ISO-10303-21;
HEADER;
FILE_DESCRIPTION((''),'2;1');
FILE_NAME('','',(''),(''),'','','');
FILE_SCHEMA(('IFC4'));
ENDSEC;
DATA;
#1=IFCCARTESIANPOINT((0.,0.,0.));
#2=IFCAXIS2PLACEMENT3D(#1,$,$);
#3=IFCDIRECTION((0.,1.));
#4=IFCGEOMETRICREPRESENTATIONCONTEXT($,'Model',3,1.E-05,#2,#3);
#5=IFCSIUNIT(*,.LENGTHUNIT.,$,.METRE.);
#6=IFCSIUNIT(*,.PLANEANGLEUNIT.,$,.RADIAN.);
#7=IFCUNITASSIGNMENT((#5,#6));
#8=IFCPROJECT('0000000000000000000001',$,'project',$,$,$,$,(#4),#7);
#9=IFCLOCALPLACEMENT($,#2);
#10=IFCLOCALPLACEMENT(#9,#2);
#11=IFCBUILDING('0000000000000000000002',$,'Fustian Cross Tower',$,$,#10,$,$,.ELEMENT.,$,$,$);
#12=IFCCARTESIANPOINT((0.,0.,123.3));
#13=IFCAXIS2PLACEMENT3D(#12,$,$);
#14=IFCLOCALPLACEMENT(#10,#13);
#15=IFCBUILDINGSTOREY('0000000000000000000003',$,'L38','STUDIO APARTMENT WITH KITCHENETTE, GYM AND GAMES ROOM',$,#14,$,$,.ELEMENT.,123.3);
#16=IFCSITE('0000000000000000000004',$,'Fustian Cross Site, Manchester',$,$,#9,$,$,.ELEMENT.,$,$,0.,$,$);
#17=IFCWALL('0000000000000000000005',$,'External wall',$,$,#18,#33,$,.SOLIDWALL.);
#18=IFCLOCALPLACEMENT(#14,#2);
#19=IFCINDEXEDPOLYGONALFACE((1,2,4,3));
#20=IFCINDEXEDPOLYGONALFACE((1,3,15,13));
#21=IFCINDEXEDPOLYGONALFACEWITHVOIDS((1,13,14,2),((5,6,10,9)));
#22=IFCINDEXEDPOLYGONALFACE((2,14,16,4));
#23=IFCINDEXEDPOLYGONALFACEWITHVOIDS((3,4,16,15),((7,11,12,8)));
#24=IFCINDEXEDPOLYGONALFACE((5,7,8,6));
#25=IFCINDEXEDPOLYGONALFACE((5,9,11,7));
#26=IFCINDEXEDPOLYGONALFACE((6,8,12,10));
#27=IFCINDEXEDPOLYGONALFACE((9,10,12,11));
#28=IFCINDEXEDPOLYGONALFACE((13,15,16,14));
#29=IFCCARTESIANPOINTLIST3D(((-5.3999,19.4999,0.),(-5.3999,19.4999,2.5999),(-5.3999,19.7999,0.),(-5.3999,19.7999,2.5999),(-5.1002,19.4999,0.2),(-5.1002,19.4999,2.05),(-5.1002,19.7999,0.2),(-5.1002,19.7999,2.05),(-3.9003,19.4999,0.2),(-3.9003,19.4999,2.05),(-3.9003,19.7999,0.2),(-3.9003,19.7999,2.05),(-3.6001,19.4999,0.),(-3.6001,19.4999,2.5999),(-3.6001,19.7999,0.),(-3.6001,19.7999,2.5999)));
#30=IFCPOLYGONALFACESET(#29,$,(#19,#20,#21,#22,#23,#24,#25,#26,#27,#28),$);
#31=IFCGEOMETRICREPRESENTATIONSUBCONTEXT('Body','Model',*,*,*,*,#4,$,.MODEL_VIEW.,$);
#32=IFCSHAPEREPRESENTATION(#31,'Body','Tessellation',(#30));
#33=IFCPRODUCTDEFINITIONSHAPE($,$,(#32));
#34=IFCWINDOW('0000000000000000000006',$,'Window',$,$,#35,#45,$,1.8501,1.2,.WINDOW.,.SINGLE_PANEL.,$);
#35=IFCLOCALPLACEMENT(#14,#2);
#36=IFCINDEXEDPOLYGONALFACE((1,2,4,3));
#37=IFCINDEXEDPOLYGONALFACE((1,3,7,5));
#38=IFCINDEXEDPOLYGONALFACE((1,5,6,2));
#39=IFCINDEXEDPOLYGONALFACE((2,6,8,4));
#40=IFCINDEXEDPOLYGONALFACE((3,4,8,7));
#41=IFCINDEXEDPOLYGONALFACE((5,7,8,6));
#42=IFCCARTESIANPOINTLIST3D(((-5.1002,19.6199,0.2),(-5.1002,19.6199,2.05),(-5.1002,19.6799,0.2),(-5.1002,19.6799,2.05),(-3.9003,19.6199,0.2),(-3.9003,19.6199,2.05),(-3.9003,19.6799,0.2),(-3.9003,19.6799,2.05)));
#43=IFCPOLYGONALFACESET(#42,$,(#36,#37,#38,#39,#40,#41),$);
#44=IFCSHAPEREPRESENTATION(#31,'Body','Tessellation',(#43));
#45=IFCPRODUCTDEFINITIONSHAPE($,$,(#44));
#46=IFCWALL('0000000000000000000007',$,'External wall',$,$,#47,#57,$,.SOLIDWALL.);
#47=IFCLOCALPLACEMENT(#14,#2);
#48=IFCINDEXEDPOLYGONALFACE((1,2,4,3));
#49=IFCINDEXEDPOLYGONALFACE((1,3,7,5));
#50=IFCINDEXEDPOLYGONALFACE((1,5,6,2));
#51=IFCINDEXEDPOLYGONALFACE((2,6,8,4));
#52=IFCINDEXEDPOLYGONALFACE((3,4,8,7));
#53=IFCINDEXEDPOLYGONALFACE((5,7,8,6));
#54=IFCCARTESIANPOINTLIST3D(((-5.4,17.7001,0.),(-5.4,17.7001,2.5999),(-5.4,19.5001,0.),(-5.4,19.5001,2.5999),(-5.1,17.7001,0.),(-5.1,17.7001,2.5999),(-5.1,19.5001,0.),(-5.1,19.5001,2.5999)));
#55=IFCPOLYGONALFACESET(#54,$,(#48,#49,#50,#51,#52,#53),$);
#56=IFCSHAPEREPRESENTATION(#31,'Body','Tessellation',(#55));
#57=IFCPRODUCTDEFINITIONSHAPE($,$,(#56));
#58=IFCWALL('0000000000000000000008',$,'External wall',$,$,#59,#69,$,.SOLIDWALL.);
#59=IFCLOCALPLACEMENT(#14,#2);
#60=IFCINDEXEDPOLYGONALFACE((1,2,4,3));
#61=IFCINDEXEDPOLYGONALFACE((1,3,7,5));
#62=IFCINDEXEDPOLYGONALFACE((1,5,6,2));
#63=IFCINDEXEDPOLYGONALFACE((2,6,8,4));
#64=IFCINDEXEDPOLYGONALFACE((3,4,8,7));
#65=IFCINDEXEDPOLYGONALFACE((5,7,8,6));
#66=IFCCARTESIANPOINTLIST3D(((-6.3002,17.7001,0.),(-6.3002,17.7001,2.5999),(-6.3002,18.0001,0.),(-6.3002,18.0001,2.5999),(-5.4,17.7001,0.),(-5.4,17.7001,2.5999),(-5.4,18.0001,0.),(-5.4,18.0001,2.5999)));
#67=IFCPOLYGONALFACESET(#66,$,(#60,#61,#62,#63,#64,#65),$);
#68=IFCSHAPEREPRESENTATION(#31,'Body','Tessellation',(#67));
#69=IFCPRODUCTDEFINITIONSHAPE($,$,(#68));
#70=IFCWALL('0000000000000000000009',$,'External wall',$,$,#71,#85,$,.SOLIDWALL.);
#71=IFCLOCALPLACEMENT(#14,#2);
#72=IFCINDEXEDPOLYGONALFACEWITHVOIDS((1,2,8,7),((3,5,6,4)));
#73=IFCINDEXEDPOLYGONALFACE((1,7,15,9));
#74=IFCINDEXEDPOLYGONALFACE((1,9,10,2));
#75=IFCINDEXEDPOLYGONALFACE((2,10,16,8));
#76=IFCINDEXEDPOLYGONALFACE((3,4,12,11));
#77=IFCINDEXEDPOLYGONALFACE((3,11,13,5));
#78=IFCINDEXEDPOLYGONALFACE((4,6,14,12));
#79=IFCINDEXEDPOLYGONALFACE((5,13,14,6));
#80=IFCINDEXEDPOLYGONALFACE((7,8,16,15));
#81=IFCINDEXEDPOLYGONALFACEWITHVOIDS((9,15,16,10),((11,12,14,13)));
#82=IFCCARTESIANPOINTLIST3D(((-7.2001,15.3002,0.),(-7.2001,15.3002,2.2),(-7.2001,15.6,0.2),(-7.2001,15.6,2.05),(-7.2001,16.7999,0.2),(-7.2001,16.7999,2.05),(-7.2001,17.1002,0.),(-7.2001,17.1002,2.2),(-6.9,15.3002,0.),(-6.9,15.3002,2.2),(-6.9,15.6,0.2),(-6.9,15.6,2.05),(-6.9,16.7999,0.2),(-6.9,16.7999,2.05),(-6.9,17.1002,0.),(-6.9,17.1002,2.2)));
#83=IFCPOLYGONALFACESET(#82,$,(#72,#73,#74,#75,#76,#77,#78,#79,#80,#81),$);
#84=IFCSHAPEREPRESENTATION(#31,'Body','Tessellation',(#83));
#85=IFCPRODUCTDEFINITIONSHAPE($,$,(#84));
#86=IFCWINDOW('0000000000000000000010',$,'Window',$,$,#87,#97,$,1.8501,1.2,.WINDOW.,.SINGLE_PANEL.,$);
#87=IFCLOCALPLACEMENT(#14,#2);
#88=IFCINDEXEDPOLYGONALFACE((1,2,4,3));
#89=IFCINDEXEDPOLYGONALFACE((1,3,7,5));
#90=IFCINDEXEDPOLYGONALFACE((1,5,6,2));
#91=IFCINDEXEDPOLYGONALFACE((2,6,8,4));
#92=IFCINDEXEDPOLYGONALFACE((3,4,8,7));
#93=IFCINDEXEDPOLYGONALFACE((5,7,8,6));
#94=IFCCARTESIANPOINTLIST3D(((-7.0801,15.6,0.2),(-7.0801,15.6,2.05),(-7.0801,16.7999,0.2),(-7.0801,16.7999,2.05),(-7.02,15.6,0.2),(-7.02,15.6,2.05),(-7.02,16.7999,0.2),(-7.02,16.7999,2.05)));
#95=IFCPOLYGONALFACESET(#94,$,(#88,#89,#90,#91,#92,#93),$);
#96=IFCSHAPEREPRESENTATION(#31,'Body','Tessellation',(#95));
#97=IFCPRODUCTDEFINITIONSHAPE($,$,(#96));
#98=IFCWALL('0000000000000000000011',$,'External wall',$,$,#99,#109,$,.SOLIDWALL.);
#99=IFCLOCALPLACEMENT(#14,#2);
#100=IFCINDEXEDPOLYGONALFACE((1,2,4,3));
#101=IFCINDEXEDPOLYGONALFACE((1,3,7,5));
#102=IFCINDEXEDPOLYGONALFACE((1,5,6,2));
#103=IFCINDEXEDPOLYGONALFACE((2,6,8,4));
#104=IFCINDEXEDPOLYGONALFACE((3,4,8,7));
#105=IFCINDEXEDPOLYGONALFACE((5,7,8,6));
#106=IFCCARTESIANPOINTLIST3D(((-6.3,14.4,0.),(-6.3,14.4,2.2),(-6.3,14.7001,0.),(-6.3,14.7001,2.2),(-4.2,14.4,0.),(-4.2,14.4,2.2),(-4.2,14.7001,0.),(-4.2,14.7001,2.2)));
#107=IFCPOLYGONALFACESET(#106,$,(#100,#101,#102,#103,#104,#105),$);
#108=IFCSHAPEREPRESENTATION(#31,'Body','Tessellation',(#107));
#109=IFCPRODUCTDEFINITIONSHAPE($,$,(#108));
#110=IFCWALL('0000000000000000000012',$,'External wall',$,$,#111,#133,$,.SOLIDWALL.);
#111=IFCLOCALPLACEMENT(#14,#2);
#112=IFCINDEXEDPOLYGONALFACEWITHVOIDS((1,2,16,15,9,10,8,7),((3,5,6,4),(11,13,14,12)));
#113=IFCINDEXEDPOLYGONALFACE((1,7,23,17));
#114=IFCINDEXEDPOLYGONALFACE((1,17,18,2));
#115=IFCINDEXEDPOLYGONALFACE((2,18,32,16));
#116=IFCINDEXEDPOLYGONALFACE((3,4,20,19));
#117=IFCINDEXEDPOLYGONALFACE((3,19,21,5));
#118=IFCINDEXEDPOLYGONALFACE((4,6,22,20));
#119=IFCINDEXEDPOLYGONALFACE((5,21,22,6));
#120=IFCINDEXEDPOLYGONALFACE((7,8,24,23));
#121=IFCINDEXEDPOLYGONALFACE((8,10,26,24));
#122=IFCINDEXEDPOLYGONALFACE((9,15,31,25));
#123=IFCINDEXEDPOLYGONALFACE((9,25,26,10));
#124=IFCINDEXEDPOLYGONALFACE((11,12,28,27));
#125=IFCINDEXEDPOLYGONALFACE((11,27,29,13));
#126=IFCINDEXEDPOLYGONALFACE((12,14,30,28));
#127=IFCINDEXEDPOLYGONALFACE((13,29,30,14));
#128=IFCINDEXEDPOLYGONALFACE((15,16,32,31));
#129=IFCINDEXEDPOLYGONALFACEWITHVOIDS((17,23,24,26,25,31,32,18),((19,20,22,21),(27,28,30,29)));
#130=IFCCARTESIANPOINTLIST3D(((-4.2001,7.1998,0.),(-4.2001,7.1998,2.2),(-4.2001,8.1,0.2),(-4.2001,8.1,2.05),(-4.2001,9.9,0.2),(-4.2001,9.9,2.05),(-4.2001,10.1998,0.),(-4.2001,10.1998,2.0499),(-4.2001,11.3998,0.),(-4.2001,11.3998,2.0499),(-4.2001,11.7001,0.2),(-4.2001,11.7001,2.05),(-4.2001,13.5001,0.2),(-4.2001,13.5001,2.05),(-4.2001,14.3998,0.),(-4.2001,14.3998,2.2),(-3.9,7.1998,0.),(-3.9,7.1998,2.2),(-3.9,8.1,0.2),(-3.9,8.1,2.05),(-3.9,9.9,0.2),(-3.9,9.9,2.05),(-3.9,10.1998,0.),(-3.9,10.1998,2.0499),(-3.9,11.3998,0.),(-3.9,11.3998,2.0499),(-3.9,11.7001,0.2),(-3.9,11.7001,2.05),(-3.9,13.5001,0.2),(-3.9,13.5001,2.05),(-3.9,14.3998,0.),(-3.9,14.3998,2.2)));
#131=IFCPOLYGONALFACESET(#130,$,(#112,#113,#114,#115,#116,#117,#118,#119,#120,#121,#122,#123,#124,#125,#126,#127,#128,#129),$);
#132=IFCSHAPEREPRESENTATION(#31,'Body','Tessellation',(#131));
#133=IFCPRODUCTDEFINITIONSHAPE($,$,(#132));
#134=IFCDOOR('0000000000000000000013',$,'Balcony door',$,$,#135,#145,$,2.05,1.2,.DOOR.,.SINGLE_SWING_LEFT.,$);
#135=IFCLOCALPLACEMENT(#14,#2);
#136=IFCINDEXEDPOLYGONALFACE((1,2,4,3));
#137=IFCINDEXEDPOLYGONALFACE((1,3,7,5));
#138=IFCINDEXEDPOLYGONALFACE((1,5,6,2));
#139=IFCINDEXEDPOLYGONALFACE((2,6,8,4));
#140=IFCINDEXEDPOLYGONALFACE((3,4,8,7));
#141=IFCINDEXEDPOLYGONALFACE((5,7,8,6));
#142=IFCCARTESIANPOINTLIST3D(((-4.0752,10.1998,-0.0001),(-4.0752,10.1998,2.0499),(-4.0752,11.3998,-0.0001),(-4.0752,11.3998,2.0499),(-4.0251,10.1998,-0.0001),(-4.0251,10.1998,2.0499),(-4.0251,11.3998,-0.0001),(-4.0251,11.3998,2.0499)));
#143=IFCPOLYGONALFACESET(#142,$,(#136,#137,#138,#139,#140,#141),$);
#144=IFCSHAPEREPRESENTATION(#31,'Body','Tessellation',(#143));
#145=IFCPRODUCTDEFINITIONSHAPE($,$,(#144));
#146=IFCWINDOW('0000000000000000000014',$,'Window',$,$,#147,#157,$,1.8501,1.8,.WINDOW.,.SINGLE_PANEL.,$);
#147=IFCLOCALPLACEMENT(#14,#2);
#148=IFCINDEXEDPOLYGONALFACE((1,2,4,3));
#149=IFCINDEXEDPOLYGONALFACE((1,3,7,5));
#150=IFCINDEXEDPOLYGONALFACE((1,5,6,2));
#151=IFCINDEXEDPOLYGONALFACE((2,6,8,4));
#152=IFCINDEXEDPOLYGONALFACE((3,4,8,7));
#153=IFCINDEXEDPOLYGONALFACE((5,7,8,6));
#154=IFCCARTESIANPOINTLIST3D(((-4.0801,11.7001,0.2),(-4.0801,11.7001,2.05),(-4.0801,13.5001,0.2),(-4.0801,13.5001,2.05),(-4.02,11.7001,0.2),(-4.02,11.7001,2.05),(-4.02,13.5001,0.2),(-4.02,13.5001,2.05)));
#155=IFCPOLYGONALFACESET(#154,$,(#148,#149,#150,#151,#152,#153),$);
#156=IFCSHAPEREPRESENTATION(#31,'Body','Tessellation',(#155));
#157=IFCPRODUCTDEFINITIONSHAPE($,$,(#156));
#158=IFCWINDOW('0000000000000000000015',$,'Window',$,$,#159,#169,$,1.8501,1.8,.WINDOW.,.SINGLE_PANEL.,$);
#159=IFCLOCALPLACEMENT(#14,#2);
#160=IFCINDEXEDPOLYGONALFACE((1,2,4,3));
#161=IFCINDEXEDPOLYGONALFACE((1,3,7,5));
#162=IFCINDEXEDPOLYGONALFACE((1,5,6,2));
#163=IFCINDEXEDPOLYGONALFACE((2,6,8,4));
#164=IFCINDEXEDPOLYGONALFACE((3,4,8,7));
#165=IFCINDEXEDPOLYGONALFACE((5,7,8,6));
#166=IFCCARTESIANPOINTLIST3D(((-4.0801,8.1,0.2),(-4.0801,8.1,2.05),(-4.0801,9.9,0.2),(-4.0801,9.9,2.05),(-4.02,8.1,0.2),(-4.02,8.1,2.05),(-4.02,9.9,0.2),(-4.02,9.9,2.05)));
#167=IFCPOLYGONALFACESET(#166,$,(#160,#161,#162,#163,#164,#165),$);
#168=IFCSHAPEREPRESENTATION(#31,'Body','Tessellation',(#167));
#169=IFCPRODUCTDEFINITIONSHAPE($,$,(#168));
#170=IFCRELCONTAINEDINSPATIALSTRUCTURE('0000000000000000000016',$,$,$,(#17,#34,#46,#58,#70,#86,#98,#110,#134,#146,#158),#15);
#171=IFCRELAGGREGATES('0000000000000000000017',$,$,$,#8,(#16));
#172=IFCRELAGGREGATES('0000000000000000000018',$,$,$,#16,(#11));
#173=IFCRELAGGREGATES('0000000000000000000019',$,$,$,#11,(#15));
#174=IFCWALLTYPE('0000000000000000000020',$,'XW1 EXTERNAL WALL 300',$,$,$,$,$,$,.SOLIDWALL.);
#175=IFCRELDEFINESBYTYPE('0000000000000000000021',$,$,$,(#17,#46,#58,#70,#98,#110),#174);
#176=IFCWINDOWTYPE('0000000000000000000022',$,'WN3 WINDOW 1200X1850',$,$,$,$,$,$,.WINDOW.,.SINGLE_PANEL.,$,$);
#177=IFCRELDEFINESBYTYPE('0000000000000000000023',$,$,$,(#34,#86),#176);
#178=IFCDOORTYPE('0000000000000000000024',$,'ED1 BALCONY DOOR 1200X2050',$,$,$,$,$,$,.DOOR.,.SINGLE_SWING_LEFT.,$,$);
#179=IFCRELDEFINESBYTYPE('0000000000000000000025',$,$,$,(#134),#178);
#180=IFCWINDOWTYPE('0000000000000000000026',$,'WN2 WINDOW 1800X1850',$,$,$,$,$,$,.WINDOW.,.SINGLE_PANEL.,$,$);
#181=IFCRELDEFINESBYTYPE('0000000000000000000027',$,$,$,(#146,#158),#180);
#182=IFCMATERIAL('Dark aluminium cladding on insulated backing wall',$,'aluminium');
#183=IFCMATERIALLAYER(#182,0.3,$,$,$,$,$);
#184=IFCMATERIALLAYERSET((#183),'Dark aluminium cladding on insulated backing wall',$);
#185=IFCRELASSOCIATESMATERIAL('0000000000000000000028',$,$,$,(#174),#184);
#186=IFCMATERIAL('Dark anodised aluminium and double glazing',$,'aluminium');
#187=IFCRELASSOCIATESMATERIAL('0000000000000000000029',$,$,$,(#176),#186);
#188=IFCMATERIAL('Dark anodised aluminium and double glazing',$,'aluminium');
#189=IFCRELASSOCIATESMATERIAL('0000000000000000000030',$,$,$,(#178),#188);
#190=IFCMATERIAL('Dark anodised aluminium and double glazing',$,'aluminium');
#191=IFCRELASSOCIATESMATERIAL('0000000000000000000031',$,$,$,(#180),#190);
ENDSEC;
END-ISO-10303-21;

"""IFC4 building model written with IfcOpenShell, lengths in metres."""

from ifc_helpers import new_model, si_unit, direction, frame, frame_2d, origin, place, context, subcontext, project, spatial, rectangle, extrude, material, layer, layer_set, type_object, element, fill, save


model = new_model("IFC4")

# Units and contexts
model_context = context("Model", 3, precision=1e-05, world=origin(), true_north=direction((0.0, 1.0)))
body_context = subcontext(model_context, "Body", "Model", "MODEL_VIEW")
ifc_project = project(units=[si_unit("LENGTHUNIT", "METRE"), si_unit("PLANEANGLEUNIT", "RADIAN")], contexts=[model_context])

# Site, building, storey
site_placement = place(None, origin())
site = spatial("IfcSite", under=ifc_project, at=site_placement, Name="Fustian Cross Site, Manchester", CompositionType="ELEMENT", RefElevation=0.0)
building_placement = place(site_placement, origin())
building = spatial("IfcBuilding", under=site, at=building_placement, Name="Fustian Cross Tower", CompositionType="ELEMENT")
storey_placement = place(building_placement, frame((0.0, 0.0, 123.3)))
storey = spatial("IfcBuildingStorey", under=building, at=storey_placement, Name="L38", Description="STUDIO APARTMENT WITH KITCHENETTE, GYM AND GAMES ROOM", CompositionType="ELEMENT", Elevation=123.3)

# Shared definitions
ifc_material_1 = material(Name="Dark aluminium cladding on insulated backing wall", Category="aluminium")
ifc_layer_1 = layer(ifc_material_1, 0.3)
ifc_layer_set_1 = layer_set([ifc_layer_1], Name="Dark aluminium cladding on insulated backing wall")
wall_type_1 = type_object("IfcWallType", Name="XW1 EXTERNAL WALL 300", PredefinedType="SOLIDWALL", material=ifc_layer_set_1)

# Wall, opening, window
wall_1_placement = place(storey_placement, frame((-3.6001, 19.6499, 0.0), z_axis=(0.0, 0.0, 1.0), x_axis=(-1.0, 0.0, 0.0)))
wall_1 = element("IfcWall", 1, at=wall_1_placement, inside=storey, type_object=wall_type_1, Name="External wall", PredefinedType="SOLIDWALL", context=body_context, shape_type="SweptSolid", body=[
    extrude(rectangle(XDim=1.7998, YDim=0.3, at=frame_2d((0.8999, 0.0))), origin(), (0.0, 0.0, 1.0), 2.5999),
])
opening_1_placement = place(wall_1_placement, frame((0.3, 0.0, 0.2)))
opening_1 = element("IfcOpeningElement", 2, at=opening_1_placement, cuts=wall_1, PredefinedType="OPENING", context=body_context, shape_type="SweptSolid", body=[
    extrude(rectangle(XDim=1.2, YDim=1.8501, at=frame_2d((0.6001, 0.925))), frame((0.0, 0.1599, 0.0), z_axis=(0.0, -1.0, 0.0), x_axis=(1.0, 0.0, 0.0)), (0.0, 0.0, 1.0), 0.3201),
])
ifc_material_2 = material(Name="Dark anodised aluminium and double glazing", Category="aluminium")
window_type_1 = type_object("IfcWindowType", Name="WN3 WINDOW 1200X1850", PartitioningType="SINGLE_PANEL", PredefinedType="WINDOW", material=ifc_material_2)
window_1_placement = place(opening_1_placement, origin())
window_1 = element("IfcWindow", 3, at=window_1_placement, inside=storey, type_object=window_type_1, Name="Window", OverallHeight=1.8501, OverallWidth=1.2, PartitioningType="SINGLE_PANEL", PredefinedType="WINDOW", context=body_context, shape_type="SweptSolid", body=[
    extrude(rectangle(XDim=1.2, YDim=1.8501, at=frame_2d((0.6001, 0.925))), frame((0.0, 0.03, 0.0), z_axis=(0.0, -1.0, 0.0), x_axis=(1.0, 0.0, 0.0)), (0.0, 0.0, 1.0), 0.0601),
])
fill(opening_1, window_1)

# Walls
wall_2_placement = place(storey_placement, frame((-5.25, 19.5, 0.0), z_axis=(0.0, 0.0, 1.0), x_axis=(0.0, -1.0, 0.0)))
element("IfcWall", 4, at=wall_2_placement, inside=storey, type_object=wall_type_1, Name="External wall", PredefinedType="SOLIDWALL", context=body_context, shape_type="SweptSolid", body=[
    extrude(rectangle(XDim=1.8, YDim=0.3, at=frame_2d((0.8999, 0.0))), origin(), (0.0, 0.0, 1.0), 2.5999),
])
wall_3_placement = place(storey_placement, frame((-5.3999, 17.8501, 0.0), z_axis=(0.0, 0.0, 1.0), x_axis=(-1.0, 0.0, 0.0)))
element("IfcWall", 5, at=wall_3_placement, inside=storey, type_object=wall_type_1, Name="External wall", PredefinedType="SOLIDWALL", context=body_context, shape_type="SweptSolid", body=[
    extrude(rectangle(XDim=0.9001, YDim=0.3, at=frame_2d((0.4502, 0.0))), origin(), (0.0, 0.0, 1.0), 2.5999),
])

# Wall, opening, window
wall_4_placement = place(storey_placement, frame((-7.05, 17.1001, 0.0), z_axis=(0.0, 0.0, 1.0), x_axis=(0.0, -1.0, 0.0)))
wall_4 = element("IfcWall", 6, at=wall_4_placement, inside=storey, type_object=wall_type_1, Name="External wall", PredefinedType="SOLIDWALL", context=body_context, shape_type="SweptSolid", body=[
    extrude(rectangle(XDim=1.8, YDim=0.3, at=frame_2d((0.8999, 0.0))), origin(), (0.0, 0.0, 1.0), 2.2),
])
opening_2_placement = place(wall_4_placement, frame((0.3, 0.0, 0.2)))
opening_2 = element("IfcOpeningElement", 7, at=opening_2_placement, cuts=wall_4, PredefinedType="OPENING", context=body_context, shape_type="SweptSolid", body=[
    extrude(rectangle(XDim=1.2, YDim=1.8501, at=frame_2d((0.6001, 0.925))), frame((0.0, 0.1599, 0.0), z_axis=(0.0, -1.0, 0.0), x_axis=(1.0, 0.0, 0.0)), (0.0, 0.0, 1.0), 0.3201),
])
window_2_placement = place(opening_2_placement, origin())
window_2 = element("IfcWindow", 8, at=window_2_placement, inside=storey, type_object=window_type_1, Name="Window", OverallHeight=1.8501, OverallWidth=1.2, PartitioningType="SINGLE_PANEL", PredefinedType="WINDOW", context=body_context, shape_type="SweptSolid", body=[
    extrude(rectangle(XDim=1.2, YDim=1.8501, at=frame_2d((0.6001, 0.925))), frame((0.0, 0.03, 0.0), z_axis=(0.0, -1.0, 0.0), x_axis=(1.0, 0.0, 0.0)), (0.0, 0.0, 1.0), 0.0601),
])
fill(opening_2, window_2)

# Wall
wall_5_placement = place(storey_placement, frame((-6.3, 14.55, 0.0), z_axis=(0.0, 0.0, 1.0), x_axis=(1.0, 0.0, 0.0)))
element("IfcWall", 9, at=wall_5_placement, inside=storey, type_object=wall_type_1, Name="External wall", PredefinedType="SOLIDWALL", context=body_context, shape_type="SweptSolid", body=[
    extrude(rectangle(XDim=2.1001, YDim=0.3, at=frame_2d((1.05, 0.0))), origin(), (0.0, 0.0, 1.0), 2.2),
])

# Wall, openings, door, windows
wall_6_placement = place(storey_placement, frame((-4.05, 14.3999, 0.0), z_axis=(0.0, 0.0, 1.0), x_axis=(0.0, -1.0, 0.0)))
wall_6 = element("IfcWall", 10, at=wall_6_placement, inside=storey, type_object=wall_type_1, Name="External wall", PredefinedType="SOLIDWALL", context=body_context, shape_type="SweptSolid", body=[
    extrude(rectangle(XDim=7.2, YDim=0.3, at=frame_2d((3.6001, 0.0))), origin(), (0.0, 0.0, 1.0), 2.2),
])
opening_3_placement = place(wall_6_placement, frame((3.0, 0.0, 0.0)))
opening_3 = element("IfcOpeningElement", 11, at=opening_3_placement, cuts=wall_6, PredefinedType="OPENING", context=body_context, shape_type="SweptSolid", body=[
    extrude(rectangle(XDim=1.2, YDim=2.05, at=frame_2d((0.6001, 1.0249))), frame((0.0, 0.1599, 0.0), z_axis=(0.0, -1.0, 0.0), x_axis=(1.0, 0.0, 0.0)), (0.0, 0.0, 1.0), 0.3201),
])
opening_4_placement = place(wall_6_placement, frame((0.8999, 0.0, 0.2)))
opening_4 = element("IfcOpeningElement", 12, at=opening_4_placement, cuts=wall_6, PredefinedType="OPENING", context=body_context, shape_type="SweptSolid", body=[
    extrude(rectangle(XDim=1.8, YDim=1.8501, at=frame_2d((0.8999, 0.925))), frame((0.0, 0.1599, 0.0), z_axis=(0.0, -1.0, 0.0), x_axis=(1.0, 0.0, 0.0)), (0.0, 0.0, 1.0), 0.3201),
])
opening_5_placement = place(wall_6_placement, frame((4.5, 0.0, 0.2)))
opening_5 = element("IfcOpeningElement", 13, at=opening_5_placement, cuts=wall_6, PredefinedType="OPENING", context=body_context, shape_type="SweptSolid", body=[
    extrude(rectangle(XDim=1.8, YDim=1.8501, at=frame_2d((0.8999, 0.925))), frame((0.0, 0.1599, 0.0), z_axis=(0.0, -1.0, 0.0), x_axis=(1.0, 0.0, 0.0)), (0.0, 0.0, 1.0), 0.3201),
])
ifc_material_3 = material(Name="Dark anodised aluminium and double glazing", Category="aluminium")
door_type_1 = type_object("IfcDoorType", Name="ED1 BALCONY DOOR 1200X2050", OperationType="SINGLE_SWING_LEFT", PredefinedType="DOOR", material=ifc_material_3)
door_1_placement = place(opening_3_placement, origin())
door_1 = element("IfcDoor", 14, at=door_1_placement, inside=storey, type_object=door_type_1, Name="Balcony door", OperationType="SINGLE_SWING_LEFT", OverallHeight=2.05, OverallWidth=1.2, PredefinedType="DOOR", context=body_context, shape_type="SweptSolid", body=[
    extrude(rectangle(XDim=1.2, YDim=2.05, at=frame_2d((0.6001, 1.0249))), frame((0.0, 0.0249, 0.0), z_axis=(0.0, -1.0, 0.0), x_axis=(1.0, 0.0, 0.0)), (0.0, 0.0, 1.0), 0.05),
])
fill(opening_3, door_1)
ifc_material_4 = material(Name="Dark anodised aluminium and double glazing", Category="aluminium")
window_type_2 = type_object("IfcWindowType", Name="WN2 WINDOW 1800X1850", PartitioningType="SINGLE_PANEL", PredefinedType="WINDOW", material=ifc_material_4)
window_3_placement = place(opening_4_placement, origin())
window_3 = element("IfcWindow", 15, at=window_3_placement, inside=storey, type_object=window_type_2, Name="Window", OverallHeight=1.8501, OverallWidth=1.8, PartitioningType="SINGLE_PANEL", PredefinedType="WINDOW", context=body_context, shape_type="SweptSolid", body=[
    extrude(rectangle(XDim=1.8, YDim=1.8501, at=frame_2d((0.8999, 0.925))), frame((0.0, 0.03, 0.0), z_axis=(0.0, -1.0, 0.0), x_axis=(1.0, 0.0, 0.0)), (0.0, 0.0, 1.0), 0.0601),
])
fill(opening_4, window_3)
window_4_placement = place(opening_5_placement, origin())
window_4 = element("IfcWindow", 16, at=window_4_placement, inside=storey, type_object=window_type_2, Name="Window", OverallHeight=1.8501, OverallWidth=1.8, PartitioningType="SINGLE_PANEL", PredefinedType="WINDOW", context=body_context, shape_type="SweptSolid", body=[
    extrude(rectangle(XDim=1.8, YDim=1.8501, at=frame_2d((0.8999, 0.925))), frame((0.0, 0.03, 0.0), z_axis=(0.0, -1.0, 0.0), x_axis=(1.0, 0.0, 0.0)), (0.0, 0.0, 1.0), 0.0601),
])
fill(opening_5, window_4)

save(model, "model.ifc")
